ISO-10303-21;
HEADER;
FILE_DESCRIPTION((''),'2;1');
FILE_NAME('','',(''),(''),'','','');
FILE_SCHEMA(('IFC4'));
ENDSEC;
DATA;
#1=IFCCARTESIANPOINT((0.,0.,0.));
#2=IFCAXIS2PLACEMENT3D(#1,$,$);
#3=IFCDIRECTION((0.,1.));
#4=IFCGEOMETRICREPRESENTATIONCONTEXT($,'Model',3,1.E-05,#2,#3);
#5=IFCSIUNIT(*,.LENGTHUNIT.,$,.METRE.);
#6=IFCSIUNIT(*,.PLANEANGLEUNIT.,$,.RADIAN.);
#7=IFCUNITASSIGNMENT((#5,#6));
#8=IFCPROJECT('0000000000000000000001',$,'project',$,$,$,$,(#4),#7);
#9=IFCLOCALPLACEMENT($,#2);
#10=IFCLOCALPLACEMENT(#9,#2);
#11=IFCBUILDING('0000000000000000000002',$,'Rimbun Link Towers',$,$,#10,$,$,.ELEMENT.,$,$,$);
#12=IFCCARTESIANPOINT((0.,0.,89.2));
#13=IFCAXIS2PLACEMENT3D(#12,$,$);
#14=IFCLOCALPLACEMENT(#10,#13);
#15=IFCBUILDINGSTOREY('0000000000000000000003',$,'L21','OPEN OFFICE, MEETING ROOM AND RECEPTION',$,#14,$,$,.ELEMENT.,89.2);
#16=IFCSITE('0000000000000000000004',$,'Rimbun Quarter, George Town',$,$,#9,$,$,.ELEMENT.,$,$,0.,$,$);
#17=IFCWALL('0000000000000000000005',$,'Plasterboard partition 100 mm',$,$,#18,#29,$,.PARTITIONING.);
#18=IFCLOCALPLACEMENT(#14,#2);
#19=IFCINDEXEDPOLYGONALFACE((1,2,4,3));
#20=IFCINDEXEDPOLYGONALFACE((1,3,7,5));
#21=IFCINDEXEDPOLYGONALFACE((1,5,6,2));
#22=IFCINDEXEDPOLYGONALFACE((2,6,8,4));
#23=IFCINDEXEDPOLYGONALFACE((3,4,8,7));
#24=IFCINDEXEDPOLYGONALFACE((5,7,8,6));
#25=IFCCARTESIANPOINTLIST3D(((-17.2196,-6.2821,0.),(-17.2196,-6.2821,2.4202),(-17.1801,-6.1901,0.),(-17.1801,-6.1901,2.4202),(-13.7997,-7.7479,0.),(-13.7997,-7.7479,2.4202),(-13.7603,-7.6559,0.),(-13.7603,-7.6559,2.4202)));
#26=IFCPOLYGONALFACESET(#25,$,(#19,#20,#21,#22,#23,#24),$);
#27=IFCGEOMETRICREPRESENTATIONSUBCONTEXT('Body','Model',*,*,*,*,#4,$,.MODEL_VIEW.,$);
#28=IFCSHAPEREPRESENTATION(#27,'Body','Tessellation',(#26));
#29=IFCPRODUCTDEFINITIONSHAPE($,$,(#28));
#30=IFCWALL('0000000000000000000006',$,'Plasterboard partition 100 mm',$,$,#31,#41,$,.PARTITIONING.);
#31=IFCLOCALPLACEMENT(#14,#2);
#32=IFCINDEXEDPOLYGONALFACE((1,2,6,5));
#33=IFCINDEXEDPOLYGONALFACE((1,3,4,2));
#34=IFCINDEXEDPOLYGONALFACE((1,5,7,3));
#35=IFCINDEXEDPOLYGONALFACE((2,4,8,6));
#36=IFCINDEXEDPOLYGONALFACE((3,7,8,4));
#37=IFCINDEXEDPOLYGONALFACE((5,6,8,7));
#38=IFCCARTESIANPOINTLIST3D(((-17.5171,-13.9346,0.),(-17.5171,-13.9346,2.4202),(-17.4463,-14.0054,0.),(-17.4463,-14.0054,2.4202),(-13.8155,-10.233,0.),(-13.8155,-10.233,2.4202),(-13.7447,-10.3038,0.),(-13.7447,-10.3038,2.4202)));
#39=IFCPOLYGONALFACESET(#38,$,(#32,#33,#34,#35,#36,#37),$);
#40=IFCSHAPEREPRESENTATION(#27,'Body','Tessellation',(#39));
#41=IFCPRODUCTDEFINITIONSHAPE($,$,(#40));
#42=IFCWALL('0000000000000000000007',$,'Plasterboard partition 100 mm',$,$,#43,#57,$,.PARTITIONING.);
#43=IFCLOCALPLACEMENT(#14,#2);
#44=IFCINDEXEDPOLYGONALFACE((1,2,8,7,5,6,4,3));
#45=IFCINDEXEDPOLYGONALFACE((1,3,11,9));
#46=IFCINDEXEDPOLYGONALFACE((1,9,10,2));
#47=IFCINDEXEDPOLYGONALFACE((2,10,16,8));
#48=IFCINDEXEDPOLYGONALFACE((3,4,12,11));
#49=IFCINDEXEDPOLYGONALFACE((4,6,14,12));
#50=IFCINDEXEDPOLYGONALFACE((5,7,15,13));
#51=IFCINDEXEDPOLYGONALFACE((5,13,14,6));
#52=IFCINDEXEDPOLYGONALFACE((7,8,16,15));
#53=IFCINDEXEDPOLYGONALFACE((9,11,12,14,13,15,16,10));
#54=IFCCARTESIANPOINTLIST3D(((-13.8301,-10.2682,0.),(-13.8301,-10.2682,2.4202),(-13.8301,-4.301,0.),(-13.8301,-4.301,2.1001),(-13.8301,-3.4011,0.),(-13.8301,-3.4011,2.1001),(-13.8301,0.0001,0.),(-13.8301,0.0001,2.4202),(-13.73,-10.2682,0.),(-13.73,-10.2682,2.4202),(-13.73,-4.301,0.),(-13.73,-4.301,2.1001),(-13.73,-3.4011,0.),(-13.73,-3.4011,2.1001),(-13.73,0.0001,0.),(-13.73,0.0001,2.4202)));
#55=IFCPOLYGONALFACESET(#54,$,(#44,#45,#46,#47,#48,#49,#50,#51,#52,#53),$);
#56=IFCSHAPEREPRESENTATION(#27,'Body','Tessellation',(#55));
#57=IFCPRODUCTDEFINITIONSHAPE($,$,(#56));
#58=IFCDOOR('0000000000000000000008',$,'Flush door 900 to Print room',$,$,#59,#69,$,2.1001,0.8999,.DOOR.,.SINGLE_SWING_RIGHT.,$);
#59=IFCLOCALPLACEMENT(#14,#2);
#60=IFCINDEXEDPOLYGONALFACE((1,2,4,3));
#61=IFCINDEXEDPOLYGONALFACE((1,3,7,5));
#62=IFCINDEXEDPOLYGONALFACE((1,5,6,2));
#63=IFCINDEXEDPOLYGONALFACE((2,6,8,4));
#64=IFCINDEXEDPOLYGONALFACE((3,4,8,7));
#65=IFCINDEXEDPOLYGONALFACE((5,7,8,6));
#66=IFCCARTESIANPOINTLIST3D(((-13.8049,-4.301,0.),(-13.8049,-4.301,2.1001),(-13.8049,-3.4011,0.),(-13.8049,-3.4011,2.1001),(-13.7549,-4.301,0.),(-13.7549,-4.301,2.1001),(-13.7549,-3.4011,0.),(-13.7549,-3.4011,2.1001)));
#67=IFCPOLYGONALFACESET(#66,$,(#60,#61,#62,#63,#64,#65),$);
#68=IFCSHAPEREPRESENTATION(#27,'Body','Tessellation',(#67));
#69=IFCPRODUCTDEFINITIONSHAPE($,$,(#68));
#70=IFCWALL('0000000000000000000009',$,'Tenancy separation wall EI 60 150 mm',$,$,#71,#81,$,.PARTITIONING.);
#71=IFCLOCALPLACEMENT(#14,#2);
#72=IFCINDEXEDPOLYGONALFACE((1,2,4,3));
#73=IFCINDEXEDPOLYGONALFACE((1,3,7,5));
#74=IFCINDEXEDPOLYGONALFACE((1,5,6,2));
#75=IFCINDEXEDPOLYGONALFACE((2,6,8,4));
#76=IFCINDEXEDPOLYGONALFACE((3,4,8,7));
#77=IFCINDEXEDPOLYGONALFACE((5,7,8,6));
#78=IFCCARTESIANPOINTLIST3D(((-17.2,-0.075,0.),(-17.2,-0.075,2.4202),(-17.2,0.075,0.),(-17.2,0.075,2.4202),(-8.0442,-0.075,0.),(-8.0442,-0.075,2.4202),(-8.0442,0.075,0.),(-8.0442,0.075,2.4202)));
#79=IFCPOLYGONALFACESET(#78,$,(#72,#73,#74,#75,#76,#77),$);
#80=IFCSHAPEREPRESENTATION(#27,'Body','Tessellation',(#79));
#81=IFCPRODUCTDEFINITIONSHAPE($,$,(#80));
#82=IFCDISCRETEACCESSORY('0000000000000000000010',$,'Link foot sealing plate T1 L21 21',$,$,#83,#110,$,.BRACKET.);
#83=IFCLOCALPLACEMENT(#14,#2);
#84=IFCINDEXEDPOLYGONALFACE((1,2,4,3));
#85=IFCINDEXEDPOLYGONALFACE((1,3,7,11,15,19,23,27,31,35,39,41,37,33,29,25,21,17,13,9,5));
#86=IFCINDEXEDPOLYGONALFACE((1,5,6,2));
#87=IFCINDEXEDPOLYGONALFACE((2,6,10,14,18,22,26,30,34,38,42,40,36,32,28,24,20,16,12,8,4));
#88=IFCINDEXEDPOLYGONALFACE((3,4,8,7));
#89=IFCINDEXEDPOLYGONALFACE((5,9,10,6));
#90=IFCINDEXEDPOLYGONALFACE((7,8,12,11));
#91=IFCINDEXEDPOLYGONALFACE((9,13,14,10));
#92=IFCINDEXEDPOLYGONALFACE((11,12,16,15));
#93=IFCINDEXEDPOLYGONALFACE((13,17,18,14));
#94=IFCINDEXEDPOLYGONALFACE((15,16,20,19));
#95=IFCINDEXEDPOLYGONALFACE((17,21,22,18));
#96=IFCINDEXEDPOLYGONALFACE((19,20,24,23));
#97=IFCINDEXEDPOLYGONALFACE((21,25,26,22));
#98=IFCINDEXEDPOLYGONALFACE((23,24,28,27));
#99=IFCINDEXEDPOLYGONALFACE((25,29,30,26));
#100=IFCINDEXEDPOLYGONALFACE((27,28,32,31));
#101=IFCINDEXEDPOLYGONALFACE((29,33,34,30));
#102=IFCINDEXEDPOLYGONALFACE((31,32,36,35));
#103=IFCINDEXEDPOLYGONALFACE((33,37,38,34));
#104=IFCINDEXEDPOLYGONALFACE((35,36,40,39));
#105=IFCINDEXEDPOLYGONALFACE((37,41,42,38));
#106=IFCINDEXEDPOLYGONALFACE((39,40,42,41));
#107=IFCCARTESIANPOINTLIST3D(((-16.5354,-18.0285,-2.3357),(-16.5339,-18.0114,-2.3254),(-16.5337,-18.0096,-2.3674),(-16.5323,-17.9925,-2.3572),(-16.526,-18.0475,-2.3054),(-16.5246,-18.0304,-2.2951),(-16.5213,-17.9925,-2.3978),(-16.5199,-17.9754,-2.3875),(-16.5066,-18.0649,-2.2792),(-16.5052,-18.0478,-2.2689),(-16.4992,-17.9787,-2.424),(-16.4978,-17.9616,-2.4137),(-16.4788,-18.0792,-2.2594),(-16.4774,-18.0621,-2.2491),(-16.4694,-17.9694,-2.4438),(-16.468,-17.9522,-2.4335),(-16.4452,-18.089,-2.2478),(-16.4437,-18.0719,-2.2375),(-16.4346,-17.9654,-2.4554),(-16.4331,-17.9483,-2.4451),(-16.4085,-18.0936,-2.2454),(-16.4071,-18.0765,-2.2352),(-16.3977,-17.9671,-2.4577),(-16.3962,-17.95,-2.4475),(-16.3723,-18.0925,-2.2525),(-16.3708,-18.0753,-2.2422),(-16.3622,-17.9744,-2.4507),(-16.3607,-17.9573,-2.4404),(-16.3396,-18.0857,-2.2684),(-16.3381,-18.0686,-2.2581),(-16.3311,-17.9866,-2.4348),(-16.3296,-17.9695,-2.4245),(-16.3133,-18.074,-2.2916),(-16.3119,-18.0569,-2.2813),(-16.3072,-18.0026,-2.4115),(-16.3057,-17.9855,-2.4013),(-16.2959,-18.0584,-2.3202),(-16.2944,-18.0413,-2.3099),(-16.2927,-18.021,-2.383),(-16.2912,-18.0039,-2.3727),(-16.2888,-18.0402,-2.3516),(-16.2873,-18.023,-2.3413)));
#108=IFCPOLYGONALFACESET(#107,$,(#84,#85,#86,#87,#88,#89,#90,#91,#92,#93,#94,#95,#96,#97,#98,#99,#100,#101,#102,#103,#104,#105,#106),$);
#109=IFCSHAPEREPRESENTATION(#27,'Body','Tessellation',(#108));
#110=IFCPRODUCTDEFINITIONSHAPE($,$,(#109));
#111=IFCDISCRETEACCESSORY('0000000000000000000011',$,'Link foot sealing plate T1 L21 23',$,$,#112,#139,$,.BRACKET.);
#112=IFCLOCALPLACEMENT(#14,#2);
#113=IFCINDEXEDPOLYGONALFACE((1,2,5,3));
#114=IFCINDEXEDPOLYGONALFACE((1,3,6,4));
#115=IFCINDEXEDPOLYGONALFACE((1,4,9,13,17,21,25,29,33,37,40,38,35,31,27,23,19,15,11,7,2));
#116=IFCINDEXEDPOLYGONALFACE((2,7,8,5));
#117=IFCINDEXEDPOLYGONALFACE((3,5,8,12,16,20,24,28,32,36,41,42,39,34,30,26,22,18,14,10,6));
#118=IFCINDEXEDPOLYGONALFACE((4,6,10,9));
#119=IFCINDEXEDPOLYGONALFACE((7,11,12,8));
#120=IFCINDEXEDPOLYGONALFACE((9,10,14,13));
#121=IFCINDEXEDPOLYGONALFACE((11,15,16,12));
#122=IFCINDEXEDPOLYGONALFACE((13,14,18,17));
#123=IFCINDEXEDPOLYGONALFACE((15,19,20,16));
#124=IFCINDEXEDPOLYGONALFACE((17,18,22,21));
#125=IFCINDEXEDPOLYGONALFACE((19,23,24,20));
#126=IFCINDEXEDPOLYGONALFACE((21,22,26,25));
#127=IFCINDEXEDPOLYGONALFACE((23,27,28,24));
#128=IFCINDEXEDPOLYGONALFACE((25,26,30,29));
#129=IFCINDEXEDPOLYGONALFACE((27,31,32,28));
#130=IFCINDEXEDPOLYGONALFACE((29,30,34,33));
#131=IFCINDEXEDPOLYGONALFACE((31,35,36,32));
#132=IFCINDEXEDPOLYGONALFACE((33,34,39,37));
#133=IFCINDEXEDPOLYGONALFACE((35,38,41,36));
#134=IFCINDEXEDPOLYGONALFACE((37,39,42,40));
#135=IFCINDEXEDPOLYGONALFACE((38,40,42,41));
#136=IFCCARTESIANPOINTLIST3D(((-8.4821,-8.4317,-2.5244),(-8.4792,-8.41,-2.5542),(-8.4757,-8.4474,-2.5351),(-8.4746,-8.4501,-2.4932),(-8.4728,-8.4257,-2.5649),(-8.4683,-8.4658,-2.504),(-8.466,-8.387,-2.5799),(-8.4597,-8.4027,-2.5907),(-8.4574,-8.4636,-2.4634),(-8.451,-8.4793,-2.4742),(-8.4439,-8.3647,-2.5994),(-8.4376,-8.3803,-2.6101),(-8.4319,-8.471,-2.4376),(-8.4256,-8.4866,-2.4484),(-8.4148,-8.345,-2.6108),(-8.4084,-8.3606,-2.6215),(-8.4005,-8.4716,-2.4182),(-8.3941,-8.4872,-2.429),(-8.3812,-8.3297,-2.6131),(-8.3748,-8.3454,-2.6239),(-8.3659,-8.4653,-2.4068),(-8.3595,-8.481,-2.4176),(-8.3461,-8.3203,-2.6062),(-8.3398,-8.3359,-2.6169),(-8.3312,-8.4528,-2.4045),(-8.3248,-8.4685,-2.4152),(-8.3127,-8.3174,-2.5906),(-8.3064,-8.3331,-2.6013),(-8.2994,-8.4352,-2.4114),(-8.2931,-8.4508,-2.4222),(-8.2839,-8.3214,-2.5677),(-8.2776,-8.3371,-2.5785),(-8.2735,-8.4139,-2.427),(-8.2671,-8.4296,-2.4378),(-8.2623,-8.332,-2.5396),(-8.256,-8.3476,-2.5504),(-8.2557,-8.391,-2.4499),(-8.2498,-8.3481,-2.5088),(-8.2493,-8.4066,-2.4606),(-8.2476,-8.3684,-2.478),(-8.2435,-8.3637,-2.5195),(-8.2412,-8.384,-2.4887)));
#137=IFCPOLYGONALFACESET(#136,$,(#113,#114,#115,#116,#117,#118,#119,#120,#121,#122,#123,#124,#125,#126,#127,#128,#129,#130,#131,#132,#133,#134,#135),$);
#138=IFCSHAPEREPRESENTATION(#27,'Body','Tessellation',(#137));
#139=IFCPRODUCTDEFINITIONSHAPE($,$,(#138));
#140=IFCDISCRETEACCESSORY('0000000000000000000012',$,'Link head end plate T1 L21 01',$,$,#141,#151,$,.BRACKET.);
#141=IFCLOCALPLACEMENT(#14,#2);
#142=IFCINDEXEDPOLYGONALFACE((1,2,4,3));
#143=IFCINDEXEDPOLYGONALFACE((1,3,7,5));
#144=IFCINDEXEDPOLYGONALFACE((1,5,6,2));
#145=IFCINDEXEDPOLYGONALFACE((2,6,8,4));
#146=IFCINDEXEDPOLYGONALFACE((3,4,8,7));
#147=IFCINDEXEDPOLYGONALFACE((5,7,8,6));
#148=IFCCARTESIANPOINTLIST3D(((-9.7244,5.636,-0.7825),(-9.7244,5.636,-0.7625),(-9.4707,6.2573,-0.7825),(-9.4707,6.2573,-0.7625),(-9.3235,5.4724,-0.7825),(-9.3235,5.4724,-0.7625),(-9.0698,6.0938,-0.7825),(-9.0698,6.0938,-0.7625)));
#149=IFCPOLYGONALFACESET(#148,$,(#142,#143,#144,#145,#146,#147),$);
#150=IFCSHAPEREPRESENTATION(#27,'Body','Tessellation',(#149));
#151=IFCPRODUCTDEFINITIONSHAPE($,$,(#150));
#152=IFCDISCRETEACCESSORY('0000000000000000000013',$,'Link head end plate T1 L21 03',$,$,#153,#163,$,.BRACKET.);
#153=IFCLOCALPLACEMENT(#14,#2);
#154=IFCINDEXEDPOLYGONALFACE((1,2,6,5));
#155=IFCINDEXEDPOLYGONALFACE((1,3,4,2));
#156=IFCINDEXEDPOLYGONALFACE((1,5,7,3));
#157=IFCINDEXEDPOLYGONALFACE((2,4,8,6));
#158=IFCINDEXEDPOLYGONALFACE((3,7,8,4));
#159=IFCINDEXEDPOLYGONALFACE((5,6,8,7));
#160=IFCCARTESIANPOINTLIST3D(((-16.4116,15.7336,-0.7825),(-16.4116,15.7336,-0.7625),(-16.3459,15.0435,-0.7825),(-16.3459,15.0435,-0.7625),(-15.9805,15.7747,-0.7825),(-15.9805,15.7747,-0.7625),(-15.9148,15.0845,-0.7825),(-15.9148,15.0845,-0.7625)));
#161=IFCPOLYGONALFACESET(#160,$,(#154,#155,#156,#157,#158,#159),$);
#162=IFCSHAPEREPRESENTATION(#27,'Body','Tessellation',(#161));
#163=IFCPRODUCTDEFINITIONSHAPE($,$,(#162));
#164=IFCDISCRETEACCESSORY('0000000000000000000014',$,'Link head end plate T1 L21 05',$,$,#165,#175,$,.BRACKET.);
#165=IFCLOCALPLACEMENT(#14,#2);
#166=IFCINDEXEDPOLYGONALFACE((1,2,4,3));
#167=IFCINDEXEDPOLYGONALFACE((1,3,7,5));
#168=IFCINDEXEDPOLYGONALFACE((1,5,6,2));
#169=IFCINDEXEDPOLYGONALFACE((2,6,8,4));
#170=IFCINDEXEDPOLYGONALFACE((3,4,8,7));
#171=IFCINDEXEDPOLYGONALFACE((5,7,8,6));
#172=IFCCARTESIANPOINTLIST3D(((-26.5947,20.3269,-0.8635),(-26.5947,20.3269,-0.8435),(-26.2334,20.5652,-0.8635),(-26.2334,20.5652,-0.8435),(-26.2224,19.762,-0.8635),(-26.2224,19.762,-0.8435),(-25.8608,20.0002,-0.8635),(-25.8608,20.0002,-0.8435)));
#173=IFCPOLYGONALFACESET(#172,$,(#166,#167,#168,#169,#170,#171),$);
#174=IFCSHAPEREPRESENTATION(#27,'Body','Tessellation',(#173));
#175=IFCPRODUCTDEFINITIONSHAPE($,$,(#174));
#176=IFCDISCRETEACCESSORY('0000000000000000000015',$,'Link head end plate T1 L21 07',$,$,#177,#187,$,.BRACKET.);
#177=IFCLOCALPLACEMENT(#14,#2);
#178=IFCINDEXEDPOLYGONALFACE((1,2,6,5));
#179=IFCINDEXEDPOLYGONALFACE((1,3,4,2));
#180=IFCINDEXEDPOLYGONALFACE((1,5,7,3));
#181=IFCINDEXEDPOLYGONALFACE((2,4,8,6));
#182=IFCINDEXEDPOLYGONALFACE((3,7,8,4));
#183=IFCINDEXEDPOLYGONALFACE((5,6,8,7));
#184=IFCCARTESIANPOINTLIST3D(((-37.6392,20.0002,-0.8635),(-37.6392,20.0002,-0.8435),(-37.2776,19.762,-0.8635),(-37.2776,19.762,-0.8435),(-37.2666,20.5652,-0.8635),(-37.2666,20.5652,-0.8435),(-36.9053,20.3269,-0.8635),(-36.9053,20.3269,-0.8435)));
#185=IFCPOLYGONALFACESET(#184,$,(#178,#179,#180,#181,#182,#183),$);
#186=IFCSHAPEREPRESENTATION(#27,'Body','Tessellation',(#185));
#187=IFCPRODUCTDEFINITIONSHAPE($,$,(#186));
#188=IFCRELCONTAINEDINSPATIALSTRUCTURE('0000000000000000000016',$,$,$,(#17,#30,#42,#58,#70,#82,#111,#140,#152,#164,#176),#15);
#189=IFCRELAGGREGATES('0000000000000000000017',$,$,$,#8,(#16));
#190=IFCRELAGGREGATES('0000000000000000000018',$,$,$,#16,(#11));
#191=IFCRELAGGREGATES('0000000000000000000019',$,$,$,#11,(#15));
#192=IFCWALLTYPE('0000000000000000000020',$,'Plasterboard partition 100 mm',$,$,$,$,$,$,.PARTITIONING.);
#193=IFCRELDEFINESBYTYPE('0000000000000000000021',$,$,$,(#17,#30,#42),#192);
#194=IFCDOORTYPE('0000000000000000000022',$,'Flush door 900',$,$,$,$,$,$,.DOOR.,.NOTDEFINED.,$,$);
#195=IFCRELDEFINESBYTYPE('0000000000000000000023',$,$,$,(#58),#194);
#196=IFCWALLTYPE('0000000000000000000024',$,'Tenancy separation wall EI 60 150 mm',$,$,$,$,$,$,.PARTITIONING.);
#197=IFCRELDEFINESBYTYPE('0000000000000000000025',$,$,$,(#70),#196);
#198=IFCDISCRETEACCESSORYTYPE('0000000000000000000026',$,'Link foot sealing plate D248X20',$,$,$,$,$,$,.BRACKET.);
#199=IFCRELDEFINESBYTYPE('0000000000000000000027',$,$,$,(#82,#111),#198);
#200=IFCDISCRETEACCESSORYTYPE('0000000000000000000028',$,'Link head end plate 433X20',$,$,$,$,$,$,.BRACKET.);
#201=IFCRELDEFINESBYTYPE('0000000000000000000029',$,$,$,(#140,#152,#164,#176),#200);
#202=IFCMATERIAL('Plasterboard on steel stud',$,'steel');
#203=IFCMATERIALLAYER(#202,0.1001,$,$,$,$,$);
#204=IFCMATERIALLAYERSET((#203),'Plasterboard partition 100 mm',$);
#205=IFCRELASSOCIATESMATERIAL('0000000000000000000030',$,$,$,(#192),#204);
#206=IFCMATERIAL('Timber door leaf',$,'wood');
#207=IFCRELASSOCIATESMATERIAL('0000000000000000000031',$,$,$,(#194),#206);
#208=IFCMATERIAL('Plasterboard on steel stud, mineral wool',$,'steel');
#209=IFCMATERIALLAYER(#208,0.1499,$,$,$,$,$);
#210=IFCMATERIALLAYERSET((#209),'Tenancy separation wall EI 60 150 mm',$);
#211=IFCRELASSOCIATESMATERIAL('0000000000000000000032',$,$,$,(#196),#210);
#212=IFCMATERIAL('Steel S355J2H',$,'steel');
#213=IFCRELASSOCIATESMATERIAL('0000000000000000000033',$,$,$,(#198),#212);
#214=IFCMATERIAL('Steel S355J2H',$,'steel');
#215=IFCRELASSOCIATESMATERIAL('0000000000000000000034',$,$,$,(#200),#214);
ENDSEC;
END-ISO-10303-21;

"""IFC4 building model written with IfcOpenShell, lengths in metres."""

from ifc_helpers import new_model, si_unit, direction, frame, frame_2d, origin, origin_2d, place, context, subcontext, project, spatial, polyline, rectangle, circle, outline, extrude, material, layer, layer_set, material_profile, profile_set, type_object, element, fill, save


model = new_model("IFC4")

# Units and contexts
model_context = context("Model", 3, precision=1e-05, world=origin(), true_north=direction((0.0, 1.0)))
body_context = subcontext(model_context, "Body", "Model", "MODEL_VIEW")
ifc_project = project(units=[si_unit("LENGTHUNIT", "METRE"), si_unit("PLANEANGLEUNIT", "RADIAN")], contexts=[model_context])

# Site, building, storey
site_placement = place(None, origin())
site = spatial("IfcSite", under=ifc_project, at=site_placement, Name="Rimbun Quarter, George Town", CompositionType="ELEMENT", RefElevation=0.0)
building_placement = place(site_placement, origin())
building = spatial("IfcBuilding", under=site, at=building_placement, Name="Rimbun Link Towers", CompositionType="ELEMENT")
storey_placement = place(building_placement, frame((0.0, 0.0, 89.2)))
storey = spatial("IfcBuildingStorey", under=building, at=storey_placement, Name="L21", Description="OPEN OFFICE, MEETING ROOM AND RECEPTION", CompositionType="ELEMENT", Elevation=89.2)

# Walls
ifc_material_1 = material(Name="Plasterboard on steel stud", Category="steel")
ifc_layer_1 = layer(ifc_material_1, 0.1001)
ifc_layer_set_1 = layer_set([ifc_layer_1], Name="Plasterboard partition 100 mm")
wall_type_1 = type_object("IfcWallType", Name="Plasterboard partition 100 mm", PredefinedType="PARTITIONING", material=ifc_layer_set_1)
wall_1_placement = place(storey_placement, frame((-13.78, -7.7019, 0.0), z_axis=(0.0, 0.0, 1.0), x_axis=(-0.919131, 0.393951, 0.0)))
element("IfcWall", 1, at=wall_1_placement, inside=storey, type_object=wall_type_1, Name="Plasterboard partition 100 mm", PredefinedType="PARTITIONING", context=body_context, shape_type="SweptSolid", body=[
    extrude(rectangle(XDim=3.7207, YDim=0.1001, at=frame_2d((1.8604, 0.0))), origin(), (0.0, 0.0, 1.0), 2.4202),
])
wall_2_placement = place(storey_placement, frame((-17.4817, -13.97, 0.0), z_axis=(0.0, 0.0, 1.0), x_axis=(0.707107, 0.707107, 0.0)))
element("IfcWall", 2, at=wall_2_placement, inside=storey, type_object=wall_type_1, Name="Plasterboard partition 100 mm", PredefinedType="PARTITIONING", context=body_context, shape_type="SweptSolid", body=[
    extrude(rectangle(XDim=5.2349, YDim=0.1001, at=frame_2d((2.6174, 0.0))), origin(), (0.0, 0.0, 1.0), 2.4202),
])

# Wall, opening, door
wall_3_placement = place(storey_placement, frame((-13.78, -10.2683, 0.0), z_axis=(0.0, 0.0, 1.0), x_axis=(0.0, 1.0, 0.0)))
wall_3 = element("IfcWall", 3, at=wall_3_placement, inside=storey, type_object=wall_type_1, Name="Plasterboard partition 100 mm", PredefinedType="PARTITIONING", context=body_context, shape_type="SweptSolid", body=[
    extrude(rectangle(XDim=10.2683, YDim=0.1001, at=frame_2d((5.1343, 0.0))), origin(), (0.0, 0.0, 1.0), 2.4202),
])
opening_placement = place(wall_3_placement, frame((5.9673, 0.0, 0.0)))
opening = element("IfcOpeningElement", 4, at=opening_placement, cuts=wall_3, PredefinedType="OPENING", context=body_context, shape_type="SweptSolid", body=[
    extrude(rectangle(XDim=0.8999, YDim=2.1001, at=frame_2d((0.45, 1.05))), frame((0.0, 0.0601, 0.0), z_axis=(0.0, -1.0, 0.0), x_axis=(1.0, 0.0, 0.0)), (0.0, 0.0, 1.0), 0.1201),
])
ifc_material_2 = material(Name="Timber door leaf", Category="wood")
door_type = type_object("IfcDoorType", Name="Flush door 900", OperationType="NOTDEFINED", PredefinedType="DOOR", material=ifc_material_2)
door_placement = place(opening_placement, origin())
door = element("IfcDoor", 5, at=door_placement, inside=storey, type_object=door_type, Name="Flush door 900 to Print room", OperationType="SINGLE_SWING_RIGHT", OverallHeight=2.1001, OverallWidth=0.8999, PredefinedType="DOOR", context=body_context, shape_type="SweptSolid", body=[
    extrude(rectangle(XDim=0.8999, YDim=2.1001, at=frame_2d((0.45, 1.05))), frame((0.0, 0.0249, 0.0), z_axis=(0.0, -1.0, 0.0), x_axis=(1.0, 0.0, 0.0)), (0.0, 0.0, 1.0), 0.05),
])
fill(opening, door)

# Wall
ifc_material_3 = material(Name="Plasterboard on steel stud, mineral wool", Category="steel")
ifc_layer_2 = layer(ifc_material_3, 0.1499)
ifc_layer_set_2 = layer_set([ifc_layer_2], Name="Tenancy separation wall EI 60 150 mm")
wall_type_2 = type_object("IfcWallType", Name="Tenancy separation wall EI 60 150 mm", PredefinedType="PARTITIONING", material=ifc_layer_set_2)
wall_4_placement = place(storey_placement, frame((-17.2, 0.0, 0.0), z_axis=(0.0, 0.0, 1.0), x_axis=(1.0, 0.0, 0.0)))
element("IfcWall", 6, at=wall_4_placement, inside=storey, type_object=wall_type_2, Name="Tenancy separation wall EI 60 150 mm", PredefinedType="PARTITIONING", context=body_context, shape_type="SweptSolid", body=[
    extrude(rectangle(XDim=9.1558, YDim=0.1499, at=frame_2d((4.5779, 0.0))), origin(), (0.0, 0.0, 1.0), 2.4202),
])

# Discrete accessories
ifc_material_4 = material(Name="Steel S355J2H", Category="steel")
ifc_material_profile_1 = material_profile(ifc_material_4, circle(Radius=0.124, at=origin_2d()), Name="PL D248")
ifc_profile_set_1 = profile_set([ifc_material_profile_1], Name="Steel S355J2H")
discrete_accessory_type_1 = type_object("IfcDiscreteAccessoryType", Name="Link foot sealing plate D248X20", PredefinedType="BRACKET", material=ifc_profile_set_1)
for number, where, z_axis, x_axis, name in (
    (7, (-16.4109, -18.0125, -2.3413), (-0.073302, -0.855186, -0.513112), (0.996347, -0.085401, 0.0), "Link foot sealing plate T1 L21 21"),
    (8, (-8.3647, -8.3948, -2.5088), (0.317451, -0.781418, -0.537225), (0.926467, 0.376377, 0.0), "Link foot sealing plate T1 L21 23"),
):
    element("IfcDiscreteAccessory", number, at=place(storey_placement, frame(where, z_axis=z_axis, x_axis=x_axis)), inside=storey, type_object=discrete_accessory_type_1, Name=name, PredefinedType="BRACKET", context=body_context, shape_type="SweptSolid", body=[
        extrude(circle(Radius=0.124, at=origin_2d()), origin(), (0.0, 0.0, 1.0), 0.02),
    ])
ifc_material_5 = material(Name="Steel S355J2H", Category="steel")
ifc_material_profile_2 = material_profile(ifc_material_5, rectangle(XDim=0.4331, YDim=0.4331, at=origin_2d()), Name="PL 433x433")
ifc_profile_set_2 = profile_set([ifc_material_profile_2], Name="Steel S355J2H")
discrete_accessory_type_2 = type_object("IfcDiscreteAccessoryType", Name="Link head end plate 433X20", PredefinedType="BRACKET", material=ifc_profile_set_2)
discrete_accessory_1_placement = place(storey_placement, frame((0.0, 0.0, -0.7825)))
element("IfcDiscreteAccessory", 9, at=discrete_accessory_1_placement, inside=storey, type_object=discrete_accessory_type_2, Name="Link head end plate T1 L21 01", PredefinedType="BRACKET", context=body_context, shape_type="SweptSolid", body=[
    extrude(outline(polyline([(-9.3235, 5.4724), (-9.0698, 6.0938), (-9.4707, 6.2573), (-9.7244, 5.636), (-9.3235, 5.4724)])), origin(), (0.0, 0.0, 1.0), 0.02),
])
discrete_accessory_2_placement = place(storey_placement, frame((0.0, 0.0, -0.7825)))
element("IfcDiscreteAccessory", 10, at=discrete_accessory_2_placement, inside=storey, type_object=discrete_accessory_type_2, Name="Link head end plate T1 L21 03", PredefinedType="BRACKET", context=body_context, shape_type="SweptSolid", body=[
    extrude(outline(polyline([(-15.9148, 15.0845), (-15.9805, 15.7747), (-16.4116, 15.7336), (-16.3459, 15.0435), (-15.9148, 15.0845)])), origin(), (0.0, 0.0, 1.0), 0.02),
])
discrete_accessory_3_placement = place(storey_placement, frame((0.0, 0.0, -0.8635)))
element("IfcDiscreteAccessory", 11, at=discrete_accessory_3_placement, inside=storey, type_object=discrete_accessory_type_2, Name="Link head end plate T1 L21 05", PredefinedType="BRACKET", context=body_context, shape_type="SweptSolid", body=[
    extrude(outline(polyline([(-25.8608, 20.0002), (-26.2334, 20.5652), (-26.5947, 20.3269), (-26.2224, 19.762), (-25.8608, 20.0002)])), origin(), (0.0, 0.0, 1.0), 0.02),
])
discrete_accessory_4_placement = place(storey_placement, frame((0.0, 0.0, -0.8635)))
element("IfcDiscreteAccessory", 12, at=discrete_accessory_4_placement, inside=storey, type_object=discrete_accessory_type_2, Name="Link head end plate T1 L21 07", PredefinedType="BRACKET", context=body_context, shape_type="SweptSolid", body=[
    extrude(outline(polyline([(-37.2776, 19.762), (-36.9053, 20.3269), (-37.2666, 20.5652), (-37.6392, 20.0002), (-37.2776, 19.762)])), origin(), (0.0, 0.0, 1.0), 0.02),
])

save(model, "model.ifc")
